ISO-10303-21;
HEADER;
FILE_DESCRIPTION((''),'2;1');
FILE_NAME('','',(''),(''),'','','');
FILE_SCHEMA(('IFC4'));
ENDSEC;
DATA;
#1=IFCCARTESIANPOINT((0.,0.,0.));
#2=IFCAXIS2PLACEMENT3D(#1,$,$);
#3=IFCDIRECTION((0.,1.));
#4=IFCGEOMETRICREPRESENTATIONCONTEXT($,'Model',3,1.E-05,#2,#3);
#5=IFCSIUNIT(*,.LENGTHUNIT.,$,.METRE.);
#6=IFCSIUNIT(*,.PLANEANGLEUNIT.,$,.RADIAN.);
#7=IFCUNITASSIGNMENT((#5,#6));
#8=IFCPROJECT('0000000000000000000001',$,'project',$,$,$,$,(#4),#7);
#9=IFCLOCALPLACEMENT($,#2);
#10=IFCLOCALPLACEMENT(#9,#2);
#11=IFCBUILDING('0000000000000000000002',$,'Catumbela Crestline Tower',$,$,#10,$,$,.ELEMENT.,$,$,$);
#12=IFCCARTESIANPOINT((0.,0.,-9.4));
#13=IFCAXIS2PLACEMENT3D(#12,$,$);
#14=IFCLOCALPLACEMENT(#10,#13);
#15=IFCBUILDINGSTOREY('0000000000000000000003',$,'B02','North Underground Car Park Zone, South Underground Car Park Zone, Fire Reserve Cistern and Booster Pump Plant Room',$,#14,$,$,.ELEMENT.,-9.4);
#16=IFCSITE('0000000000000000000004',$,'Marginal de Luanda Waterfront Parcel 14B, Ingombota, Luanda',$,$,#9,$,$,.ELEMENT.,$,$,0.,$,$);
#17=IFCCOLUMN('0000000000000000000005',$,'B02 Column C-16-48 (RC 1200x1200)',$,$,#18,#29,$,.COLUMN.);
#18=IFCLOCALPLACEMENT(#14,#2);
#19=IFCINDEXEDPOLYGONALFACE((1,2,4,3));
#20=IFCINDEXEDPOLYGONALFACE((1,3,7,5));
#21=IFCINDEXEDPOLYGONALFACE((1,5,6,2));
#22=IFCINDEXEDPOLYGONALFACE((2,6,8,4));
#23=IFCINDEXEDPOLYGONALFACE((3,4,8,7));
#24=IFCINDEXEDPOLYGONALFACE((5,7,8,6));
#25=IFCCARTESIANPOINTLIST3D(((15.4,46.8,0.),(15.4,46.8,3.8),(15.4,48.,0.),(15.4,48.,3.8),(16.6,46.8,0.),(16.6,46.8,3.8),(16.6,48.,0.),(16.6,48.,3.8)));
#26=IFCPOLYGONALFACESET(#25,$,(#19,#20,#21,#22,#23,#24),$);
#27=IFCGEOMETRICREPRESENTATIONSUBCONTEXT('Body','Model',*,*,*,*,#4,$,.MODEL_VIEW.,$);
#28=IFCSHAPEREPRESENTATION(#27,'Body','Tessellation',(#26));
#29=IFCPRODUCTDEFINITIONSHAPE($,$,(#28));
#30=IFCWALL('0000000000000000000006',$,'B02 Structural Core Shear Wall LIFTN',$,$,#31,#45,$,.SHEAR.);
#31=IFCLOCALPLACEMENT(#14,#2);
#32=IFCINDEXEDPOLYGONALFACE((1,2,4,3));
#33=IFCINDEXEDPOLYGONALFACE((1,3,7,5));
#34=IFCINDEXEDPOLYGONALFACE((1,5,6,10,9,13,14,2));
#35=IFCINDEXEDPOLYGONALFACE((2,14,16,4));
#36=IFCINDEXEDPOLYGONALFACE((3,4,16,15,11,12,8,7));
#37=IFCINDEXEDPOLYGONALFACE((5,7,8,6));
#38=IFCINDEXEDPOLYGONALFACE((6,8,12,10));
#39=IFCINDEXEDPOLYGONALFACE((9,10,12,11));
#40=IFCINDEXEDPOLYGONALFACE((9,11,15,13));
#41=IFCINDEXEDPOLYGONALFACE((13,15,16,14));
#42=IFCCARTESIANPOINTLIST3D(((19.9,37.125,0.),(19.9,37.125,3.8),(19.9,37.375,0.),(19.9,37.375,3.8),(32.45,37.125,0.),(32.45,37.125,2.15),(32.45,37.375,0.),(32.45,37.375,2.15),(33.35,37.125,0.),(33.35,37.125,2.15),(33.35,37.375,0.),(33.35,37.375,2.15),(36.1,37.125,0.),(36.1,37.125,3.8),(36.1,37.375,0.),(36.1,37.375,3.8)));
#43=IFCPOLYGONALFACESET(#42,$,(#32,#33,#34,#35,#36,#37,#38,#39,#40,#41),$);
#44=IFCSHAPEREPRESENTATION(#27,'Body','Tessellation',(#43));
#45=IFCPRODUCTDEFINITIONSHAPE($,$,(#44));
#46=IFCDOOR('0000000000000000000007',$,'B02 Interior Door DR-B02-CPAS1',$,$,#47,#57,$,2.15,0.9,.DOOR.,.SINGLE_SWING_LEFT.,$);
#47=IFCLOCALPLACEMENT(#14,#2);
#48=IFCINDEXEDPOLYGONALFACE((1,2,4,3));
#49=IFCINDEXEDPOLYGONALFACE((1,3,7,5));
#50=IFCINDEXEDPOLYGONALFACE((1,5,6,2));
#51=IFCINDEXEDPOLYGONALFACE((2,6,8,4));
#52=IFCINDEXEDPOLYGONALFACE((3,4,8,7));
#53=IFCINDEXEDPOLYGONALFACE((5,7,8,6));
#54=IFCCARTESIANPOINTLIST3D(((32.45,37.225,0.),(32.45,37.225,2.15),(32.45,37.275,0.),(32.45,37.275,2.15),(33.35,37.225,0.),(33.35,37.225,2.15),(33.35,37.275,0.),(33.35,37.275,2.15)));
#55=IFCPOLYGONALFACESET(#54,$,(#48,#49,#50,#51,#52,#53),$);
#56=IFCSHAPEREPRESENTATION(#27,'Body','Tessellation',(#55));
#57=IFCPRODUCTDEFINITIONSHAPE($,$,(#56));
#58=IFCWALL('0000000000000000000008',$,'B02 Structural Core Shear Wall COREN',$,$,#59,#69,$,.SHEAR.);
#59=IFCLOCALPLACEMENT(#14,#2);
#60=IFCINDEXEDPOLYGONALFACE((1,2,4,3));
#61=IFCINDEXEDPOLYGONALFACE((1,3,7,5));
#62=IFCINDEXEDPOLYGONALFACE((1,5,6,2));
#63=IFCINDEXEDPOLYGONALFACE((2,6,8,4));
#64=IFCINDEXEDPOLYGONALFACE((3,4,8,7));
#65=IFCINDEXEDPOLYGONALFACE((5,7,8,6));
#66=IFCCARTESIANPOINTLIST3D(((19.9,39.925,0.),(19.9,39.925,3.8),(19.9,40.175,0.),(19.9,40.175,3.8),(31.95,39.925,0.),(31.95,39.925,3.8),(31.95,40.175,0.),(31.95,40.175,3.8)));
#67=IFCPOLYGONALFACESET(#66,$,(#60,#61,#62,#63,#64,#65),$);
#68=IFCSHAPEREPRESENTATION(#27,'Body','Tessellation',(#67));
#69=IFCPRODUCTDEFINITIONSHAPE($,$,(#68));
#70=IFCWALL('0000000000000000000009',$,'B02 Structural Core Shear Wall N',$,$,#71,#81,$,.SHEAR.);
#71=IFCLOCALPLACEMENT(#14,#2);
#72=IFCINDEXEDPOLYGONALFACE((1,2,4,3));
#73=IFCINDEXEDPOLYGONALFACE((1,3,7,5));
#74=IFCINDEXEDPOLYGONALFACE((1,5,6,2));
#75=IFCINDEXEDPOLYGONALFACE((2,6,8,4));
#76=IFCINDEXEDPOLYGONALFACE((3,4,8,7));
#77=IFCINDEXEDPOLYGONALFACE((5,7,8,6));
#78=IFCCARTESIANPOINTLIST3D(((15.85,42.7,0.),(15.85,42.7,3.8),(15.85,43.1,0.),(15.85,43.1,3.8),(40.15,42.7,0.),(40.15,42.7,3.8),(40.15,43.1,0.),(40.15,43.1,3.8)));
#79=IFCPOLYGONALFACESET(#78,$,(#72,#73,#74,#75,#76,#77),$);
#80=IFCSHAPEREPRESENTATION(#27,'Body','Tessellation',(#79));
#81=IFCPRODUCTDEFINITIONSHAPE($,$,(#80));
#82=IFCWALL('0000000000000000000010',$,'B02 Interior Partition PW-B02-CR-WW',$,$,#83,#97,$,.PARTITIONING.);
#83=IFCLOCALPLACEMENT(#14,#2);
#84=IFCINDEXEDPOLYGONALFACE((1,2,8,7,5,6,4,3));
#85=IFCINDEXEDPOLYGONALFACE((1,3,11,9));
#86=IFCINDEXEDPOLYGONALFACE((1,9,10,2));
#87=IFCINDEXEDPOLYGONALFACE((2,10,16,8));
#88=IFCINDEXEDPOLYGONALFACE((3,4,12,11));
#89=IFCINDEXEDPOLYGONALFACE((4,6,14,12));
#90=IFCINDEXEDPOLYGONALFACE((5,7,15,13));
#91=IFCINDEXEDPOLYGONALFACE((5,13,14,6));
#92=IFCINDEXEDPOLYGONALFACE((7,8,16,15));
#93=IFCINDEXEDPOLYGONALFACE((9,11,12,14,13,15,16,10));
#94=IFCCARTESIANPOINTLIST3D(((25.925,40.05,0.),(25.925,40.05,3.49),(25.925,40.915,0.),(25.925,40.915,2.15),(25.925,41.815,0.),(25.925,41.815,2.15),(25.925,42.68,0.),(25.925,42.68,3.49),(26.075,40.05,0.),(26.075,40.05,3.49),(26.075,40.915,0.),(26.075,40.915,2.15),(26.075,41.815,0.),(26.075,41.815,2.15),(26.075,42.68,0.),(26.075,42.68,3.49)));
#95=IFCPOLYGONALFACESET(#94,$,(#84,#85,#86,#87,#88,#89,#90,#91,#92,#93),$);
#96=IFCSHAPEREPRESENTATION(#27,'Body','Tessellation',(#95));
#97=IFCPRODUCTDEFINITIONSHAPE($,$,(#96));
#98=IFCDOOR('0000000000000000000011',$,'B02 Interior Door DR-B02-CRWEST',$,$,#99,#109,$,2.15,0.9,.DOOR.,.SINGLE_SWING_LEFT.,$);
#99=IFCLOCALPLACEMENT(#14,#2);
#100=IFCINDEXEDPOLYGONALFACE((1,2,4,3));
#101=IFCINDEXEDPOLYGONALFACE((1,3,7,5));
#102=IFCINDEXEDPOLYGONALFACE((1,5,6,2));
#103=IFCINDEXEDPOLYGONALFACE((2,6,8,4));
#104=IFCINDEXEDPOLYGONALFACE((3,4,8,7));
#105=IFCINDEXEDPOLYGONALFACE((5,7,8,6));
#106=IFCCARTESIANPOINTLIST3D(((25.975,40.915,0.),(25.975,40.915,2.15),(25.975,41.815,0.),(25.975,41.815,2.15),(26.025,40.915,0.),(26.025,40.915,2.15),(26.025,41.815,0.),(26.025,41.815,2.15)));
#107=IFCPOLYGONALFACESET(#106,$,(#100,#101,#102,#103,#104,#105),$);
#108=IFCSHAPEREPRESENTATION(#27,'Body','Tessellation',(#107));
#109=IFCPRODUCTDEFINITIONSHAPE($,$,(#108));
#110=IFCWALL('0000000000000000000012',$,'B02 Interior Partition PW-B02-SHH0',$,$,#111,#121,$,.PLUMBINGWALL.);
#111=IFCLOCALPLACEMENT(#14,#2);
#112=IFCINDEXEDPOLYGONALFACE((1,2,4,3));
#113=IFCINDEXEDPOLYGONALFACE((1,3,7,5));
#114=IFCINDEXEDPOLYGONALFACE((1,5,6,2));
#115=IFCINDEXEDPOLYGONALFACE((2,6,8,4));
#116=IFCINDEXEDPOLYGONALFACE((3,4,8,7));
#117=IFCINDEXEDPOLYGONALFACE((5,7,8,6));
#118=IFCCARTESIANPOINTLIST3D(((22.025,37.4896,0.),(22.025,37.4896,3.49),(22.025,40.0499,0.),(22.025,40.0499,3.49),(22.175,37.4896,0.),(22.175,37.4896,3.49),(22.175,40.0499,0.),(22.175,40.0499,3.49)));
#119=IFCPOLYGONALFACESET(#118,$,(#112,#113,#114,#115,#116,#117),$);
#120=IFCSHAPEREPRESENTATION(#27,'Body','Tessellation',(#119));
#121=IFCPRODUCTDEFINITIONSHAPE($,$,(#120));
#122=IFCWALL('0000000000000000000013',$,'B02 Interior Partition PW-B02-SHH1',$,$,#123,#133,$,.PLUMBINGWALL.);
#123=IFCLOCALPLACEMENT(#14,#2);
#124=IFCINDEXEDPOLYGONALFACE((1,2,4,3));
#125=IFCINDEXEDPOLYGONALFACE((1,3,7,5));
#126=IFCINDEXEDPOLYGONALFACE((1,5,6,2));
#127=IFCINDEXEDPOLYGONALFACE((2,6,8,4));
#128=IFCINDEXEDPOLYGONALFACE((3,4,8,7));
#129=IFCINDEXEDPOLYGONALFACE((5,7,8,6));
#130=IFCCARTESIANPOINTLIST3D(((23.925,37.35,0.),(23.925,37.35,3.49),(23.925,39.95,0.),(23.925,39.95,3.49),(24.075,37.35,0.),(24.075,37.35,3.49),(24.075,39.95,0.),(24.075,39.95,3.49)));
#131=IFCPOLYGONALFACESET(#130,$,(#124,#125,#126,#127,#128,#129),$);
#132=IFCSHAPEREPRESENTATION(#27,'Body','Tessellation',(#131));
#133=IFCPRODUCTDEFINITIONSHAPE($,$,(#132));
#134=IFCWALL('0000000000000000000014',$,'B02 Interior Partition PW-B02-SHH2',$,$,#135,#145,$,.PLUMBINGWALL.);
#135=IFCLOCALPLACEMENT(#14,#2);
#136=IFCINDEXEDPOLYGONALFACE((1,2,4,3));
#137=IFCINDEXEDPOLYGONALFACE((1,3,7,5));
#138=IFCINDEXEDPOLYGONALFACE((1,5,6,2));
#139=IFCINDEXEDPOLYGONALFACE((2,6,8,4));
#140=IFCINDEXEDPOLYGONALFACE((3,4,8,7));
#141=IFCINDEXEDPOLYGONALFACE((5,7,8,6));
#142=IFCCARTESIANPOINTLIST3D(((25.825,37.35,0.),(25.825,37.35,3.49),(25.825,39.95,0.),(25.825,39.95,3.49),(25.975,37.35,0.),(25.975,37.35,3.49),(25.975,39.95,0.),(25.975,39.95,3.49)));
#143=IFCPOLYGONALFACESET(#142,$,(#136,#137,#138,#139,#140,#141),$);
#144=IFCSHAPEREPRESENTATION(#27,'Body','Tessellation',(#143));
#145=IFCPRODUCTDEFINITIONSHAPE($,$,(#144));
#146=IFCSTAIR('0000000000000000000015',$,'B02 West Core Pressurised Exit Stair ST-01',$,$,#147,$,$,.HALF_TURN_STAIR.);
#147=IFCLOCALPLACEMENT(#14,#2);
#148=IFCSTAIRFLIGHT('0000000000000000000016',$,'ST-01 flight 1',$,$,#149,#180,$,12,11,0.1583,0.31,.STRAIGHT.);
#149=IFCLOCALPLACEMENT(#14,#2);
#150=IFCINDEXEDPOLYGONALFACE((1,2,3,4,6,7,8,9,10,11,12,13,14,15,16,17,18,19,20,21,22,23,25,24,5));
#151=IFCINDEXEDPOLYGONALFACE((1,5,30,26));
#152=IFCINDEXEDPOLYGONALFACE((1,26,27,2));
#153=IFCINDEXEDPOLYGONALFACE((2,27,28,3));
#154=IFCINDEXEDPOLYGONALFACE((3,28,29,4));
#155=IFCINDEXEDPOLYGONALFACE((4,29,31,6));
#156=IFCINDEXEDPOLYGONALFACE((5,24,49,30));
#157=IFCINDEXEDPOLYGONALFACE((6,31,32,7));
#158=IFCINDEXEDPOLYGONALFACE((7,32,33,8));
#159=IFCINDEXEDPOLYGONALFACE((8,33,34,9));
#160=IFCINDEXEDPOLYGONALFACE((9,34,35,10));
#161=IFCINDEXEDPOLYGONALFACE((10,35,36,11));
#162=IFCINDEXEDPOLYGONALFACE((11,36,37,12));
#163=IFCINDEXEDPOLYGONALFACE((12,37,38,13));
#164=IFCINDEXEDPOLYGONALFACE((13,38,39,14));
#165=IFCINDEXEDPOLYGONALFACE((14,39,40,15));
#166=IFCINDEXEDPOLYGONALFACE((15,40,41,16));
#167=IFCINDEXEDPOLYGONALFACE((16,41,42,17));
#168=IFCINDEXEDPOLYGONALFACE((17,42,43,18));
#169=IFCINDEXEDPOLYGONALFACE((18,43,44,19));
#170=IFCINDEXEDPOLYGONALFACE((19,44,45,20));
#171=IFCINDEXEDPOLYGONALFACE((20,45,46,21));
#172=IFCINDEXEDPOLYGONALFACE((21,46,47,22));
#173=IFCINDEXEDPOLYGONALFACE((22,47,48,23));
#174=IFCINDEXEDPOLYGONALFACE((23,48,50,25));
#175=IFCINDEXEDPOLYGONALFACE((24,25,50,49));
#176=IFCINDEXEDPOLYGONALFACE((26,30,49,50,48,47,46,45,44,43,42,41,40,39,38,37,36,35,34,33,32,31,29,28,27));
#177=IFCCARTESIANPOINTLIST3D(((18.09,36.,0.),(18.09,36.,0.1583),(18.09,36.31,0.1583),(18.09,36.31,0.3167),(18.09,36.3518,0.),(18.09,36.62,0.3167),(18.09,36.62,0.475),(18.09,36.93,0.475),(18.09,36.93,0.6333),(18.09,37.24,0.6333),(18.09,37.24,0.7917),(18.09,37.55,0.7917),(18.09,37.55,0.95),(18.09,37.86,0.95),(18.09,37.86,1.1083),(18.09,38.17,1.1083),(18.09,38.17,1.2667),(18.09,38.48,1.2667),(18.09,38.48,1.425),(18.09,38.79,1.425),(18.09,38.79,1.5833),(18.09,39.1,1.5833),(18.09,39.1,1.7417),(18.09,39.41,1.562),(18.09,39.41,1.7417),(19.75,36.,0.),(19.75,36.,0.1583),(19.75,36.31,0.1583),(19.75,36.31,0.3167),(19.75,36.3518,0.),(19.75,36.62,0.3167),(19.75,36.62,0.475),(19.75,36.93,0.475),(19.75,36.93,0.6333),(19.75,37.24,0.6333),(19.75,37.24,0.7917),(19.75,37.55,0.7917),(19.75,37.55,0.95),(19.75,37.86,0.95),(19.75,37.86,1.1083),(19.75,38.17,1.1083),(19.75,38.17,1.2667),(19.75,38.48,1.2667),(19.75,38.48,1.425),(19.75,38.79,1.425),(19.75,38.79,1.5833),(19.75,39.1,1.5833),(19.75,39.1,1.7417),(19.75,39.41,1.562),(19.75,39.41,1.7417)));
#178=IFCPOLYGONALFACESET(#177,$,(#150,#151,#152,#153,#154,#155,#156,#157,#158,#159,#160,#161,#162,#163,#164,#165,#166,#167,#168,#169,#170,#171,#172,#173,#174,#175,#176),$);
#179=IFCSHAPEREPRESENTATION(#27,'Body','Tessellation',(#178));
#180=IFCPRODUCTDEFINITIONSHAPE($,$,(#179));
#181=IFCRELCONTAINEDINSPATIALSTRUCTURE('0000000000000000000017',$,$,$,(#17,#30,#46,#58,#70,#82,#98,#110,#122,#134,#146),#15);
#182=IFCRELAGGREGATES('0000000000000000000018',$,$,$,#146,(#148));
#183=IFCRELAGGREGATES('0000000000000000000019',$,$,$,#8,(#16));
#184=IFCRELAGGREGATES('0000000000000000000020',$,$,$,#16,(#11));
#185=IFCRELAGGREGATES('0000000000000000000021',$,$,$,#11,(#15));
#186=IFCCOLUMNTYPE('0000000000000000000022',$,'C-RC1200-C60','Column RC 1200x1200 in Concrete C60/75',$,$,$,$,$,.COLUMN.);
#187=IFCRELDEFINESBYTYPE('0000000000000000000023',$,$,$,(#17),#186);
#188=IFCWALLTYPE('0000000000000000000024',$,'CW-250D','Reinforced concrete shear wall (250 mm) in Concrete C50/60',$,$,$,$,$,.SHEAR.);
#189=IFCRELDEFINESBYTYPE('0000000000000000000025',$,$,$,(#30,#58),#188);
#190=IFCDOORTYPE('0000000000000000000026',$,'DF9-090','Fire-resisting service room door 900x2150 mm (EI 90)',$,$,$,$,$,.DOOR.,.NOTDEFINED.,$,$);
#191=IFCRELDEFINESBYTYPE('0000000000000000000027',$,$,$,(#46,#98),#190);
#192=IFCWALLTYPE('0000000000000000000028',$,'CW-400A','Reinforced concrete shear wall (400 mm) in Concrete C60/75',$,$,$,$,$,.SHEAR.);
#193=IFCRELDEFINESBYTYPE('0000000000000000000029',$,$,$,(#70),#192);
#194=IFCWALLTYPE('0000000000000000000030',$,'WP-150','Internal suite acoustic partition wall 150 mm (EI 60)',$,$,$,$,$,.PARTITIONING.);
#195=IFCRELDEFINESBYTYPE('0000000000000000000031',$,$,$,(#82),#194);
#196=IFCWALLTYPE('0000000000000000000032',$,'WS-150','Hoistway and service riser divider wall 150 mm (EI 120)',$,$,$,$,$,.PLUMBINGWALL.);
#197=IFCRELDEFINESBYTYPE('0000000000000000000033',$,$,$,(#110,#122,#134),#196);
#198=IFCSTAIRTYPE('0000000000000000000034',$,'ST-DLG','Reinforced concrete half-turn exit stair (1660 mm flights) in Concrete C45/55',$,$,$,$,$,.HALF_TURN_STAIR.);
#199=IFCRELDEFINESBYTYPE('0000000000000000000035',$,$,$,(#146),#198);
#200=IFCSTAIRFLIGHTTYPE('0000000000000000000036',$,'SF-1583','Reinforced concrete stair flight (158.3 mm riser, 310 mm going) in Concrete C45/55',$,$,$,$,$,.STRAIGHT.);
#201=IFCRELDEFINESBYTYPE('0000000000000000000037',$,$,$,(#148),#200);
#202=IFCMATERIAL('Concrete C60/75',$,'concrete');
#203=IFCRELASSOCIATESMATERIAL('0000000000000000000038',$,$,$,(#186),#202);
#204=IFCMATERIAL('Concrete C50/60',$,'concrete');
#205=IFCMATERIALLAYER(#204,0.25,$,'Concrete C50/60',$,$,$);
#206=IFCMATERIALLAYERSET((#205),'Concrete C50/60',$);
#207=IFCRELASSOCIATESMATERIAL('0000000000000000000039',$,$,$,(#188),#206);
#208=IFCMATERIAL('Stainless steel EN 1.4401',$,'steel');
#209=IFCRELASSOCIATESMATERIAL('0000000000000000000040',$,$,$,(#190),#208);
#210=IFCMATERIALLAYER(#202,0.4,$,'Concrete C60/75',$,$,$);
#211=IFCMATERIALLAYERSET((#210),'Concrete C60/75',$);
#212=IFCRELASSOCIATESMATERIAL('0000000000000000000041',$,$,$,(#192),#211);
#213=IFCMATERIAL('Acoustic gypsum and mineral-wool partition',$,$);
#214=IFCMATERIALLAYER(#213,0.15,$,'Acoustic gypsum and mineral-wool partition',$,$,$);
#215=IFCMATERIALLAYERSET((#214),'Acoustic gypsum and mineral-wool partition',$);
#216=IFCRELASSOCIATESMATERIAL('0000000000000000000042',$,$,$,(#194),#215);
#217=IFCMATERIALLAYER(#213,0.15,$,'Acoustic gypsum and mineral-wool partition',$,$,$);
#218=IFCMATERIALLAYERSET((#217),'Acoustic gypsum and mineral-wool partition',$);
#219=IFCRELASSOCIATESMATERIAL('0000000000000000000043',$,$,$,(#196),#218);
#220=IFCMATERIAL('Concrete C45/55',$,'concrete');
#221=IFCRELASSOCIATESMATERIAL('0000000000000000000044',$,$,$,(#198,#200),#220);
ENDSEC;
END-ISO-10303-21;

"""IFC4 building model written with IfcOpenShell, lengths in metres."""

from ifc_helpers import new_model, si_unit, direction, frame, frame_2d, origin, origin_2d, place, context, subcontext, project, spatial, polyline, rectangle, outline, extrude, material, layer, layer_set, material_profile, profile_set, type_object, element, fill, aggregate, save


model = new_model("IFC4")

# Units and contexts
model_context = context("Model", 3, precision=1e-05, world=origin(), true_north=direction((0.0, 1.0)))
body_context = subcontext(model_context, "Body", "Model", "MODEL_VIEW")
ifc_project = project(units=[si_unit("LENGTHUNIT", "METRE"), si_unit("PLANEANGLEUNIT", "RADIAN")], contexts=[model_context])

# Site, building, storey
site_placement = place(None, origin())
site = spatial("IfcSite", under=ifc_project, at=site_placement, Name="Marginal de Luanda Waterfront Parcel 14B, Ingombota, Luanda", CompositionType="ELEMENT", RefElevation=0.0)
building_placement = place(site_placement, origin())
building = spatial("IfcBuilding", under=site, at=building_placement, Name="Catumbela Crestline Tower", CompositionType="ELEMENT")
storey_placement = place(building_placement, frame((0.0, 0.0, -9.4)))
storey = spatial("IfcBuildingStorey", under=building, at=storey_placement, Name="B02", Description="North Underground Car Park Zone, South Underground Car Park Zone, Fire Reserve Cistern and Booster Pump Plant Room", CompositionType="ELEMENT", Elevation=-9.4)

# Column
ifc_material_1 = material(Name="Concrete C60/75", Category="concrete")
ifc_material_profile = material_profile(ifc_material_1, rectangle(XDim=1.2, YDim=1.2, at=origin_2d()), Name="RC 1200x1200")
ifc_profile_set = profile_set([ifc_material_profile], Name="Concrete C60/75")
column_type = type_object("IfcColumnType", Name="C-RC1200-C60", Description="Column RC 1200x1200 in Concrete C60/75", PredefinedType="COLUMN", material=ifc_profile_set)
column_placement = place(storey_placement, frame((16.0, 47.4, 0.0), z_axis=(0.0, 0.0, 1.0), x_axis=(1.0, 0.0, 0.0)))
element("IfcColumn", 1, at=column_placement, inside=storey, type_object=column_type, Name="B02 Column C-16-48 (RC 1200x1200)", PredefinedType="COLUMN", context=body_context, shape_type="SweptSolid", body=[
    extrude(rectangle(XDim=1.2, YDim=1.2, at=origin_2d()), origin(), (0.0, 0.0, 1.0), 3.8),
])

# Wall, opening, door
ifc_material_2 = material(Name="Concrete C50/60", Category="concrete")
ifc_layer_1 = layer(ifc_material_2, 0.25, Name="Concrete C50/60")
ifc_layer_set_1 = layer_set([ifc_layer_1], Name="Concrete C50/60")
wall_type_1 = type_object("IfcWallType", Name="CW-250D", Description="Reinforced concrete shear wall (250 mm) in Concrete C50/60", PredefinedType="SHEAR", material=ifc_layer_set_1)
wall_1_placement = place(storey_placement, frame((19.9, 37.25, 0.0), z_axis=(0.0, 0.0, 1.0), x_axis=(1.0, 0.0, 0.0)))
wall_1 = element("IfcWall", 2, at=wall_1_placement, inside=storey, type_object=wall_type_1, Name="B02 Structural Core Shear Wall LIFTN", PredefinedType="SHEAR", context=body_context, shape_type="SweptSolid", body=[
    extrude(rectangle(XDim=16.2, YDim=0.25, at=frame_2d((8.1, 0.0))), origin(), (0.0, 0.0, 1.0), 3.8),
])
opening_1_placement = place(wall_1_placement, frame((12.55, 0.0, 0.0)))
opening_1 = element("IfcOpeningElement", 3, at=opening_1_placement, cuts=wall_1, PredefinedType="OPENING", context=body_context, shape_type="SweptSolid", body=[
    extrude(rectangle(XDim=0.9, YDim=2.15, at=frame_2d((0.45, 1.075))), frame((0.0, 0.135, 0.0), z_axis=(0.0, -1.0, 0.0), x_axis=(1.0, 0.0, 0.0)), (0.0, 0.0, 1.0), 0.27),
])
ifc_material_3 = material(Name="Stainless steel EN 1.4401", Category="steel")
door_type = type_object("IfcDoorType", Name="DF9-090", Description="Fire-resisting service room door 900x2150 mm (EI 90)", OperationType="NOTDEFINED", PredefinedType="DOOR", material=ifc_material_3)
door_1_placement = place(opening_1_placement, origin())
door_1 = element("IfcDoor", 4, at=door_1_placement, inside=storey, type_object=door_type, Name="B02 Interior Door DR-B02-CPAS1", OperationType="SINGLE_SWING_LEFT", OverallHeight=2.15, OverallWidth=0.9, PredefinedType="DOOR", context=body_context, shape_type="SweptSolid", body=[
    extrude(rectangle(XDim=0.9, YDim=2.15, at=frame_2d((0.45, 1.075))), frame((0.0, 0.025, 0.0), z_axis=(0.0, -1.0, 0.0), x_axis=(1.0, 0.0, 0.0)), (0.0, 0.0, 1.0), 0.05),
])
fill(opening_1, door_1)

# Walls
wall_2_placement = place(storey_placement, frame((19.9, 40.05, 0.0), z_axis=(0.0, 0.0, 1.0), x_axis=(1.0, 0.0, 0.0)))
element("IfcWall", 5, at=wall_2_placement, inside=storey, type_object=wall_type_1, Name="B02 Structural Core Shear Wall COREN", PredefinedType="SHEAR", context=body_context, shape_type="SweptSolid", body=[
    extrude(rectangle(XDim=12.05, YDim=0.25, at=frame_2d((6.025, 0.0))), origin(), (0.0, 0.0, 1.0), 3.8),
])
ifc_layer_2 = layer(ifc_material_1, 0.4, Name="Concrete C60/75")
ifc_layer_set_2 = layer_set([ifc_layer_2], Name="Concrete C60/75")
wall_type_2 = type_object("IfcWallType", Name="CW-400A", Description="Reinforced concrete shear wall (400 mm) in Concrete C60/75", PredefinedType="SHEAR", material=ifc_layer_set_2)
wall_3_placement = place(storey_placement, frame((15.85, 42.9, 0.0), z_axis=(0.0, 0.0, 1.0), x_axis=(1.0, 0.0, 0.0)))
element("IfcWall", 6, at=wall_3_placement, inside=storey, type_object=wall_type_2, Name="B02 Structural Core Shear Wall N", PredefinedType="SHEAR", context=body_context, shape_type="SweptSolid", body=[
    extrude(rectangle(XDim=24.3, YDim=0.4, at=frame_2d((12.15, 0.0))), origin(), (0.0, 0.0, 1.0), 3.8),
])

# Wall, opening, door
ifc_material_4 = material(Name="Acoustic gypsum and mineral-wool partition")
ifc_layer_3 = layer(ifc_material_4, 0.15, Name="Acoustic gypsum and mineral-wool partition")
ifc_layer_set_3 = layer_set([ifc_layer_3], Name="Acoustic gypsum and mineral-wool partition")
wall_type_3 = type_object("IfcWallType", Name="WP-150", Description="Internal suite acoustic partition wall 150 mm (EI 60)", PredefinedType="PARTITIONING", material=ifc_layer_set_3)
wall_4_placement = place(storey_placement, frame((26.0, 40.05, 0.0), z_axis=(0.0, 0.0, 1.0), x_axis=(0.0, 1.0, 0.0)))
wall_4 = element("IfcWall", 7, at=wall_4_placement, inside=storey, type_object=wall_type_3, Name="B02 Interior Partition PW-B02-CR-WW", PredefinedType="PARTITIONING", context=body_context, shape_type="SweptSolid", body=[
    extrude(rectangle(XDim=2.63, YDim=0.15, at=frame_2d((1.315, 0.0))), origin(), (0.0, 0.0, 1.0), 3.49),
])
opening_2_placement = place(wall_4_placement, frame((0.865, 0.0, 0.0)))
opening_2 = element("IfcOpeningElement", 8, at=opening_2_placement, cuts=wall_4, PredefinedType="OPENING", context=body_context, shape_type="SweptSolid", body=[
    extrude(rectangle(XDim=0.9, YDim=2.15, at=frame_2d((0.45, 1.075))), frame((0.0, 0.085, 0.0), z_axis=(0.0, -1.0, 0.0), x_axis=(1.0, 0.0, 0.0)), (0.0, 0.0, 1.0), 0.17),
])
door_2_placement = place(opening_2_placement, origin())
door_2 = element("IfcDoor", 9, at=door_2_placement, inside=storey, type_object=door_type, Name="B02 Interior Door DR-B02-CRWEST", OperationType="SINGLE_SWING_LEFT", OverallHeight=2.15, OverallWidth=0.9, PredefinedType="DOOR", context=body_context, shape_type="SweptSolid", body=[
    extrude(rectangle(XDim=0.9, YDim=2.15, at=frame_2d((0.45, 1.075))), frame((0.0, 0.025, 0.0), z_axis=(0.0, -1.0, 0.0), x_axis=(1.0, 0.0, 0.0)), (0.0, 0.0, 1.0), 0.05),
])
fill(opening_2, door_2)

# Walls
ifc_layer_4 = layer(ifc_material_4, 0.15, Name="Acoustic gypsum and mineral-wool partition")
ifc_layer_set_4 = layer_set([ifc_layer_4], Name="Acoustic gypsum and mineral-wool partition")
wall_type_4 = type_object("IfcWallType", Name="WS-150", Description="Hoistway and service riser divider wall 150 mm (EI 120)", PredefinedType="PLUMBINGWALL", material=ifc_layer_set_4)
wall_5_placement = place(storey_placement, frame((22.1, 37.4897, 0.0), z_axis=(0.0, 0.0, 1.0), x_axis=(0.0, 1.0, 0.0)))
element("IfcWall", 10, at=wall_5_placement, inside=storey, type_object=wall_type_4, Name="B02 Interior Partition PW-B02-SHH0", PredefinedType="PLUMBINGWALL", context=body_context, shape_type="SweptSolid", body=[
    extrude(rectangle(XDim=2.5603, YDim=0.15, at=frame_2d((1.2801, 0.0))), origin(), (0.0, 0.0, 1.0), 3.49),
])
for number, where, z_axis, x_axis, name in (
    (11, (24.0, 37.35, 0.0), (0.0, 0.0, 1.0), (0.0, 1.0, 0.0), "B02 Interior Partition PW-B02-SHH1"),
    (12, (25.9, 37.35, 0.0), (0.0, 0.0, 1.0), (0.0, 1.0, 0.0), "B02 Interior Partition PW-B02-SHH2"),
):
    element("IfcWall", number, at=place(storey_placement, frame(where, z_axis=z_axis, x_axis=x_axis)), inside=storey, type_object=wall_type_4, Name=name, PredefinedType="PLUMBINGWALL", context=body_context, shape_type="SweptSolid", body=[
        extrude(rectangle(XDim=2.6, YDim=0.15, at=frame_2d((1.3, 0.0))), origin(), (0.0, 0.0, 1.0), 3.49),
    ])

# Stair, stair flight
ifc_material_5 = material(Name="Concrete C45/55", Category="concrete")
stair_type = type_object("IfcStairType", Name="ST-DLG", Description="Reinforced concrete half-turn exit stair (1660 mm flights) in Concrete C45/55", PredefinedType="HALF_TURN_STAIR", material=ifc_material_5)
stair_placement = place(storey_placement, origin())
stair = element("IfcStair", 13, at=stair_placement, inside=storey, type_object=stair_type, Name="B02 West Core Pressurised Exit Stair ST-01", PredefinedType="HALF_TURN_STAIR")
stair_flight_type = type_object("IfcStairFlightType", Name="SF-1583", Description="Reinforced concrete stair flight (158.3 mm riser, 310 mm going) in Concrete C45/55", PredefinedType="STRAIGHT", material=ifc_material_5)
stair_flight_1_placement = place(storey_placement, frame((18.92, 36.0, 0.0), z_axis=(0.0, 0.0, 1.0), x_axis=(0.0, 1.0, 0.0)))
stair_flight_1 = element("IfcStairFlight", 14, at=stair_flight_1_placement, type_object=stair_flight_type, Name="ST-01 flight 1", NumberOfRisers=12, NumberOfTreads=11, PredefinedType="STRAIGHT", RiserHeight=0.1583, TreadLength=0.31, context=body_context, shape_type="SweptSolid", body=[
    extrude(outline(polyline([(0.0, 0.0), (0.0, 0.1583), (0.31, 0.1583), (0.31, 0.3167), (0.62, 0.3167), (0.62, 0.475), (0.93, 0.475), (0.93, 0.6333), (1.24, 0.6333), (1.24, 0.7917), (1.55, 0.7917), (1.55, 0.95), (1.86, 0.95), (1.86, 1.1083), (2.17, 1.1083), (2.17, 1.2667), (2.48, 1.2667), (2.48, 1.425), (2.79, 1.425), (2.79, 1.5833), (3.1, 1.5833), (3.1, 1.7417), (3.41, 1.7417), (3.41, 1.9), (3.41, 1.562), (0.3518, 0.0), (0.0, 0.0)])), frame((0.0, 0.83, 0.0), z_axis=(0.0, -1.0, 0.0), x_axis=(1.0, 0.0, 0.0)), (0.0, 0.0, 1.0), 1.66),
])
aggregate(stair, [stair_flight_1])

save(model, "model.ifc")
